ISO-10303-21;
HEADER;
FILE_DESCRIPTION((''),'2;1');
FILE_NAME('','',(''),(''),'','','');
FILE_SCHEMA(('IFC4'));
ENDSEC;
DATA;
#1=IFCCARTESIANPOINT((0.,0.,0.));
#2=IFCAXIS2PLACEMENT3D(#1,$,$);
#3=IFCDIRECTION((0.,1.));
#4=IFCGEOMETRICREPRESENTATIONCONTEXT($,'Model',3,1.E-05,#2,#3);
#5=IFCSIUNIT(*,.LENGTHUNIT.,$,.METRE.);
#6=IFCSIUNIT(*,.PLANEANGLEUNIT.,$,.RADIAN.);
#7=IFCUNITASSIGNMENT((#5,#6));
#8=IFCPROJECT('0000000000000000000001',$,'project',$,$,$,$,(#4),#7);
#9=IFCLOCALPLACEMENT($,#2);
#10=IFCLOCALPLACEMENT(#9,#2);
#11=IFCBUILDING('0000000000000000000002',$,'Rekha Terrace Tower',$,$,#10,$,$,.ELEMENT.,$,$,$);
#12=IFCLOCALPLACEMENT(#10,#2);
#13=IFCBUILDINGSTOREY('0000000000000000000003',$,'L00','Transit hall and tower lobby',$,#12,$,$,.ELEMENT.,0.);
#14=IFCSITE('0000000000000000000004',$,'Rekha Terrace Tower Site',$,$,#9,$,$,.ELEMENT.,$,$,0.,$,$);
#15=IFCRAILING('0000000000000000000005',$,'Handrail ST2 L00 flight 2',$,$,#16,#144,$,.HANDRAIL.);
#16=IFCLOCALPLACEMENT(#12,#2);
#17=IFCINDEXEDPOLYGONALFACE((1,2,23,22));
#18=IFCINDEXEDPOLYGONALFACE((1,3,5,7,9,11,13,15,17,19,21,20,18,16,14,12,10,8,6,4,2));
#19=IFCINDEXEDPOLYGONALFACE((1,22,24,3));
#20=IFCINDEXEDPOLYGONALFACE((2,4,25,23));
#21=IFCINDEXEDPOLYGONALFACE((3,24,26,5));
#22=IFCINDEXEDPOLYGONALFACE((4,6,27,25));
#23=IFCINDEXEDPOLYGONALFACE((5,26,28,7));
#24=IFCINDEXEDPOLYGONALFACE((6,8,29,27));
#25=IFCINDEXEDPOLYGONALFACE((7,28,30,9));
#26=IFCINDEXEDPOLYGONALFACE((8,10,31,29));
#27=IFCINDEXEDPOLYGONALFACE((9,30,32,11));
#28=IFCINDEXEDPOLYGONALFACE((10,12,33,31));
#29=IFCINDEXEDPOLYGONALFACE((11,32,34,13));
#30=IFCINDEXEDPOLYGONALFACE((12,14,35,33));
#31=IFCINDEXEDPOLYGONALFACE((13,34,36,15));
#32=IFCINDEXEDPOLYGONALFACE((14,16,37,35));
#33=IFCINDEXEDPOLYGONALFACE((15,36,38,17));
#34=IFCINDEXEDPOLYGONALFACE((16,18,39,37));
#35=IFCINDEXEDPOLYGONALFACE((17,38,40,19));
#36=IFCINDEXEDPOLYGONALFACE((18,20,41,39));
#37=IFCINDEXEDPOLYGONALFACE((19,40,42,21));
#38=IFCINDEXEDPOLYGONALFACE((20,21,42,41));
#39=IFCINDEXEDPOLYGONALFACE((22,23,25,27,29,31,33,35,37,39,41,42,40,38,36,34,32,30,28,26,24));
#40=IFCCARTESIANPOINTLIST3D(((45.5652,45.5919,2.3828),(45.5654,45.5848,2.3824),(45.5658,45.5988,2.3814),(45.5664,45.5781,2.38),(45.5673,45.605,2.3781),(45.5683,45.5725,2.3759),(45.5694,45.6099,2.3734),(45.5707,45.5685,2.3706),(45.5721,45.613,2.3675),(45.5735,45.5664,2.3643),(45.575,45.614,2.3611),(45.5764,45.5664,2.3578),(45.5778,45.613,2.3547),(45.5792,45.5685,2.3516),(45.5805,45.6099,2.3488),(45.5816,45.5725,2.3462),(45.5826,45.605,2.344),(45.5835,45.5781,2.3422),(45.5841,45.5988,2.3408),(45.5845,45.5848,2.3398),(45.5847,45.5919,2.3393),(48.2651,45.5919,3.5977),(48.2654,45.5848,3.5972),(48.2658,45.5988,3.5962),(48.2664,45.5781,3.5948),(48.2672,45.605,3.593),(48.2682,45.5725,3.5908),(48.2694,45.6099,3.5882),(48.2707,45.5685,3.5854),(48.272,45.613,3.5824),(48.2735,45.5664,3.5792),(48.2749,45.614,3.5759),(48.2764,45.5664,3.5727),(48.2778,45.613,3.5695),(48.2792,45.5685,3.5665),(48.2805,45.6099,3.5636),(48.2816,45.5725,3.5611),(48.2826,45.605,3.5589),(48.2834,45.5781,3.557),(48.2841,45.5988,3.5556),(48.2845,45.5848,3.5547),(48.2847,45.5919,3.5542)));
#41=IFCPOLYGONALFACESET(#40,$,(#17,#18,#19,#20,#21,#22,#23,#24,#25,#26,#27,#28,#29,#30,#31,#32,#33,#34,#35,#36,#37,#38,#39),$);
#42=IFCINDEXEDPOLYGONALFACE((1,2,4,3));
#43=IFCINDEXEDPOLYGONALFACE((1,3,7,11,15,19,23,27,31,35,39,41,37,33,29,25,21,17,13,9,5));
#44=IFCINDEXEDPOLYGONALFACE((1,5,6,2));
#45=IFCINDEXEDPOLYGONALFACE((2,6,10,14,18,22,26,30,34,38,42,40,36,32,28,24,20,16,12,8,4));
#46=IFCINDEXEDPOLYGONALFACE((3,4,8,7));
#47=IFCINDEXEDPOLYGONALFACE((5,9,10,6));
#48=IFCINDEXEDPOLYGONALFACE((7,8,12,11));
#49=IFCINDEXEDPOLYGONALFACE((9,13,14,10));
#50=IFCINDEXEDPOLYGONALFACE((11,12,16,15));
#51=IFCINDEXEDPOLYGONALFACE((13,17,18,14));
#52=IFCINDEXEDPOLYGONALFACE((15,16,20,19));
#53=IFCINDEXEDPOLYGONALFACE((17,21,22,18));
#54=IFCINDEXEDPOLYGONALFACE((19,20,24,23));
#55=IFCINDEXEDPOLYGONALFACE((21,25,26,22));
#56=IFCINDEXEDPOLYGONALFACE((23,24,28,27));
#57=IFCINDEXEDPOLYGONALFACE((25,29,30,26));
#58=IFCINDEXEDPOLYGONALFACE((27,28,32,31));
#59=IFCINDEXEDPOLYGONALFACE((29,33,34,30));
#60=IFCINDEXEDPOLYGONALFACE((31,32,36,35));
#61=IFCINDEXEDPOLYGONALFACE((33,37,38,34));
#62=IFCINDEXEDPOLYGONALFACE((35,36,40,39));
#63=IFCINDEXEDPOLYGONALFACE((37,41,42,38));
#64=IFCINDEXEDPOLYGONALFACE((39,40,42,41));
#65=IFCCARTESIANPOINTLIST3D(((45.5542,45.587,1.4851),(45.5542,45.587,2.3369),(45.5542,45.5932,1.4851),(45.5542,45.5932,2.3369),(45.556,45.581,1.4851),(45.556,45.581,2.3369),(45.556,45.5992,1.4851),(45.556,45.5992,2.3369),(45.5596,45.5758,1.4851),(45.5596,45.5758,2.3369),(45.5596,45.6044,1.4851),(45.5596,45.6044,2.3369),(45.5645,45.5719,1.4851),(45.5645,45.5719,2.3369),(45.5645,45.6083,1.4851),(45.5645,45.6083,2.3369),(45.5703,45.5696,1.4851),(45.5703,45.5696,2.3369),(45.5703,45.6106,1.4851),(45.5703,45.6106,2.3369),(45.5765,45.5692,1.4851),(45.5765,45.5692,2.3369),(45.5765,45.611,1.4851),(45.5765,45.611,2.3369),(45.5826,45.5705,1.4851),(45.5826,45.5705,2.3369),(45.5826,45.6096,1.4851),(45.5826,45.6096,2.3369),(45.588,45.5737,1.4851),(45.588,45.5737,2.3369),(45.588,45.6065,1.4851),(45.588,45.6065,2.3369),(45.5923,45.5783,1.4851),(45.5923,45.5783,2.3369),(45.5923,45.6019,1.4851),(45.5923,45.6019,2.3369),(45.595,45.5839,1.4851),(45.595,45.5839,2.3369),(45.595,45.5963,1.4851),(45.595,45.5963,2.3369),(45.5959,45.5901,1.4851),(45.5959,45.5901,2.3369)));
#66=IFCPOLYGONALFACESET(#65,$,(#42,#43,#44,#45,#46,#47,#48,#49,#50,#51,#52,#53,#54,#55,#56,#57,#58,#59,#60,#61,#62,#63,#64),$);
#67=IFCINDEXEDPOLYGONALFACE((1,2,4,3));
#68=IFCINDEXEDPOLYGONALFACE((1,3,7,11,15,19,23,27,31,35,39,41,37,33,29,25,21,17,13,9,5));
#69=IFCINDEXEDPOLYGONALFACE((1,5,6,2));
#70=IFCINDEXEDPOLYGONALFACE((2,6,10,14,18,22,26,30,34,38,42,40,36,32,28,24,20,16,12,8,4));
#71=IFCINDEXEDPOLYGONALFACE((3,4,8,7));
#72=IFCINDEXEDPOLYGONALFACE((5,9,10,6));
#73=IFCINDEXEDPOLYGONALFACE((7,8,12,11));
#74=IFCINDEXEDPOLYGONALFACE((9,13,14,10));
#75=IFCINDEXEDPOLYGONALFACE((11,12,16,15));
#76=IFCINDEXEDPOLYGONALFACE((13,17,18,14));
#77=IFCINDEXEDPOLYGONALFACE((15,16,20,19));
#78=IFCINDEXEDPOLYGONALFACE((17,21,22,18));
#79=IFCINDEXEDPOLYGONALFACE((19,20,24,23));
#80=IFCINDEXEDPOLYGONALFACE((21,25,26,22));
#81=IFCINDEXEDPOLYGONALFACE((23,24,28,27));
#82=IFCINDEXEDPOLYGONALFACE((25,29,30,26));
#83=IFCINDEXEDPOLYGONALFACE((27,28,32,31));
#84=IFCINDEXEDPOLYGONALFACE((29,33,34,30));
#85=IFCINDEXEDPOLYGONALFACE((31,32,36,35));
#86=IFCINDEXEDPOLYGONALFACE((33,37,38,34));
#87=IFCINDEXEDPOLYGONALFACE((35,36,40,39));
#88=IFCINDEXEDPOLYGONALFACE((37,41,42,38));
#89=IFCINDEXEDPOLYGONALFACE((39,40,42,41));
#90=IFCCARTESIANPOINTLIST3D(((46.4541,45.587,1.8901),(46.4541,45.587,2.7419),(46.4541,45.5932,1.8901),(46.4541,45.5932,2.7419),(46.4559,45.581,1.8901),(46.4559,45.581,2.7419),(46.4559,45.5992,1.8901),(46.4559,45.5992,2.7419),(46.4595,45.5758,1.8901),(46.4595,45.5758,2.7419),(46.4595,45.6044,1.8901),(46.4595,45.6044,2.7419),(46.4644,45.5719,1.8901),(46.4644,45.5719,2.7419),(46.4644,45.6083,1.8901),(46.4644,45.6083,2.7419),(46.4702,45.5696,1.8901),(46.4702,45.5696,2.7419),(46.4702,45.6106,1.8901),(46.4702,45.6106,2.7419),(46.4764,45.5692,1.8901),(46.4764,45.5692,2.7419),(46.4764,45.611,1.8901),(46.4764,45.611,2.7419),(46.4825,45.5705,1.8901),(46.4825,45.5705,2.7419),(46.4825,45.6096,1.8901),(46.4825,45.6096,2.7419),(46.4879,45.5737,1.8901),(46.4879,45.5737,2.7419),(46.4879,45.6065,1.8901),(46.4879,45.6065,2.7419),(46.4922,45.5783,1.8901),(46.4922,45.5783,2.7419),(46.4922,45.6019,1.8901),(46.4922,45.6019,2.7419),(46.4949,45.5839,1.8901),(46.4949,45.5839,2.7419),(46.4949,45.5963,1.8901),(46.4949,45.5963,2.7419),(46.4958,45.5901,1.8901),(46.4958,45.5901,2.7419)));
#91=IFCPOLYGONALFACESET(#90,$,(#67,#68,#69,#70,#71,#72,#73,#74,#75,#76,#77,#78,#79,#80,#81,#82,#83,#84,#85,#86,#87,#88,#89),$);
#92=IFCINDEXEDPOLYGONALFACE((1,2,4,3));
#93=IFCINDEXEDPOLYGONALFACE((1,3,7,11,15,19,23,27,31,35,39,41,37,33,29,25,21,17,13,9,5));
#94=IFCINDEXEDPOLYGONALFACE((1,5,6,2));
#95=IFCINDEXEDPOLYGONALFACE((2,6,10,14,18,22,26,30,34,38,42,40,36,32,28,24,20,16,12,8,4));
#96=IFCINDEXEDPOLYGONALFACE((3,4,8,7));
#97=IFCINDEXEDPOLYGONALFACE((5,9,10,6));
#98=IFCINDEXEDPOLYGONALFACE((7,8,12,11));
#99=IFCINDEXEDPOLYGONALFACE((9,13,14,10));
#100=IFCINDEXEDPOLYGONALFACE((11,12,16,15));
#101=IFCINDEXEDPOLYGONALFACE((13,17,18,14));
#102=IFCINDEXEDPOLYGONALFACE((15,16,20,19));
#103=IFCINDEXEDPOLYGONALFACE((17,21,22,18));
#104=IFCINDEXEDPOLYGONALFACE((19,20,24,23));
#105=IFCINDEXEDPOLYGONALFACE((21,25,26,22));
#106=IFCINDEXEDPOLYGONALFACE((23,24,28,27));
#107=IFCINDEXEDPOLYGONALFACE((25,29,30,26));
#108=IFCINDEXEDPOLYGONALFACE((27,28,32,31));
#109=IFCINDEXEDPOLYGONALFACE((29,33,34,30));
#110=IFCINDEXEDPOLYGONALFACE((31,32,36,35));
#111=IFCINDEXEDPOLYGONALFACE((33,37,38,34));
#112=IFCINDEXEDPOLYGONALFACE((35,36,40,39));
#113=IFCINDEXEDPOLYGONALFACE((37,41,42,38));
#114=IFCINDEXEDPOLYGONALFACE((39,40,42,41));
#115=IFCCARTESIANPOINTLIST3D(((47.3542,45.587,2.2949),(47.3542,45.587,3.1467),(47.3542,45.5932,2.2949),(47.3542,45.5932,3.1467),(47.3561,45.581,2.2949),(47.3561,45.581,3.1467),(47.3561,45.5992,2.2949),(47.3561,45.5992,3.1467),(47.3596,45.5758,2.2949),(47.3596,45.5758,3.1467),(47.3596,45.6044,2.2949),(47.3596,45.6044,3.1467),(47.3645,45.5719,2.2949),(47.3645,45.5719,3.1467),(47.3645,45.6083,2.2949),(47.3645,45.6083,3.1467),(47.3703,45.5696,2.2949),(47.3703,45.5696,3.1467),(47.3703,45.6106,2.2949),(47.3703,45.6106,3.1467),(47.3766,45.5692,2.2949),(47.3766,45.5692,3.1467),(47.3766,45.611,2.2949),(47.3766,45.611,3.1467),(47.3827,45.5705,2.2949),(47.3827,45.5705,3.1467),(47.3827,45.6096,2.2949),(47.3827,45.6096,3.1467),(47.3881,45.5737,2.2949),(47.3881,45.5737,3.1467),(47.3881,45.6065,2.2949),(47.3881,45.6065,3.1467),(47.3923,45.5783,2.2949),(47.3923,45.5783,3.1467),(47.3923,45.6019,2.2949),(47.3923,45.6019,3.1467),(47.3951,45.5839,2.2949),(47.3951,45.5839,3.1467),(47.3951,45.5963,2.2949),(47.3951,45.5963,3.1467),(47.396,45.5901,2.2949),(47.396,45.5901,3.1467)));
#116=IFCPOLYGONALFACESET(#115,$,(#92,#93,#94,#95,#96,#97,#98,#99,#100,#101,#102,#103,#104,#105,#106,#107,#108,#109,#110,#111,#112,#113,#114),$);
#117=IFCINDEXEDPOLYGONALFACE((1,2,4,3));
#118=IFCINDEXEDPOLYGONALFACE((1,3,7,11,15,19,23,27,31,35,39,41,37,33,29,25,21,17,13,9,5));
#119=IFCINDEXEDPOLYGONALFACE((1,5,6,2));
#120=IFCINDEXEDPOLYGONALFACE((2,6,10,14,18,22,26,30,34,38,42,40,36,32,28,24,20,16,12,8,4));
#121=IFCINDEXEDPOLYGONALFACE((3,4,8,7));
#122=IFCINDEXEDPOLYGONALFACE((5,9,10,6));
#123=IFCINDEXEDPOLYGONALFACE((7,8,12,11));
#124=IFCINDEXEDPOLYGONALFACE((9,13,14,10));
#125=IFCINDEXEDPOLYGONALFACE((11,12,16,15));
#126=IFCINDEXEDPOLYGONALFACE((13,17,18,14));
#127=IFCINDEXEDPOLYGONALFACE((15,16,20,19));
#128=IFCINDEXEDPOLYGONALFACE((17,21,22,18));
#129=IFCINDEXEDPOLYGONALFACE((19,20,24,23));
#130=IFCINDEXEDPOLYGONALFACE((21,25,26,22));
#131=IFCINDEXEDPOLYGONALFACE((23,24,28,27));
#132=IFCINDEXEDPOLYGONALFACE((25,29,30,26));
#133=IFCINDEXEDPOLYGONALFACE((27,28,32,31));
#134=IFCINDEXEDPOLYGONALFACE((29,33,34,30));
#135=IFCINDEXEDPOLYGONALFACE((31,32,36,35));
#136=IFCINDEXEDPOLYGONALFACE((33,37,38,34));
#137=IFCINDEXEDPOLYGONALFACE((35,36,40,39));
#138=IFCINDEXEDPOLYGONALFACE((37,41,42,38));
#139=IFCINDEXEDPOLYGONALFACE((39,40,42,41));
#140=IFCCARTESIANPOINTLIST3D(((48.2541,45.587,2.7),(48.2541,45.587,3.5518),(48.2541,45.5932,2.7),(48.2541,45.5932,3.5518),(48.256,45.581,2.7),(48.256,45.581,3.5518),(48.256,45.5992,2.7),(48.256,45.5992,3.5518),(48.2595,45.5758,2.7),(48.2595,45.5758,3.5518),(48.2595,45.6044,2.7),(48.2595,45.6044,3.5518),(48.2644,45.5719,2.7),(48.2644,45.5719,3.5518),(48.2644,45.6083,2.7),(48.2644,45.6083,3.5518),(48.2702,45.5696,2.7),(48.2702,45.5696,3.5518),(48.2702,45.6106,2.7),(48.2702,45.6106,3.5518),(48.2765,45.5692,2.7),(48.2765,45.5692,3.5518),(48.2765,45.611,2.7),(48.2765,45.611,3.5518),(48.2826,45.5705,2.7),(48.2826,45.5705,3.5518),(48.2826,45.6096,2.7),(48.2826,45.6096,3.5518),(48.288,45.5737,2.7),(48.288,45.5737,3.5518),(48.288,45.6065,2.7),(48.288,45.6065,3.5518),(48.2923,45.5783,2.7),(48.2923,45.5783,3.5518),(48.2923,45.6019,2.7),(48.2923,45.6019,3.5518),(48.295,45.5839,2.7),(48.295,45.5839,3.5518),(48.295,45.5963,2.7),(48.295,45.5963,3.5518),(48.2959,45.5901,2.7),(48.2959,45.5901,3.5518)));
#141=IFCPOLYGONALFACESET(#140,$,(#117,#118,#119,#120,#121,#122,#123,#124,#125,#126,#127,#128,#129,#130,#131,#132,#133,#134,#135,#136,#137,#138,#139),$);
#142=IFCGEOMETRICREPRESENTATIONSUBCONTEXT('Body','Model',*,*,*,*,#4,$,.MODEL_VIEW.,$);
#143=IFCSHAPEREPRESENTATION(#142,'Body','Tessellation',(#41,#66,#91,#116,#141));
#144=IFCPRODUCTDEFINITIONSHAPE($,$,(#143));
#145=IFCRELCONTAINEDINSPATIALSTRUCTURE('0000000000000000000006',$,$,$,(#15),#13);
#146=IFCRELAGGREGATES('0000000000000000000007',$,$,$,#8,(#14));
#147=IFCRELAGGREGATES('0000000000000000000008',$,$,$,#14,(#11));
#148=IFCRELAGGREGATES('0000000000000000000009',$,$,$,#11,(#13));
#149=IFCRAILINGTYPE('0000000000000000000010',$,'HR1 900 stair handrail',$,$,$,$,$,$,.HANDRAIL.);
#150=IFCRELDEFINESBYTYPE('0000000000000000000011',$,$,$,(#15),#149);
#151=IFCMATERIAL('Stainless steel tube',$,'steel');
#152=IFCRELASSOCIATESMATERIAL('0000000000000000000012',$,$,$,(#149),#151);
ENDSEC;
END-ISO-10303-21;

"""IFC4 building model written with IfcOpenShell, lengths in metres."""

from ifc_helpers import new_model, si_unit, direction, frame, origin, origin_2d, place, context, subcontext, project, spatial, circle, extrude, material, type_object, element, save


model = new_model("IFC4")

# Units and contexts
model_context = context("Model", 3, precision=1e-05, world=origin(), true_north=direction((0.0, 1.0)))
body_context = subcontext(model_context, "Body", "Model", "MODEL_VIEW")
ifc_project = project(units=[si_unit("LENGTHUNIT", "METRE"), si_unit("PLANEANGLEUNIT", "RADIAN")], contexts=[model_context])

# Site, building, storey
site_placement = place(None, origin())
site = spatial("IfcSite", under=ifc_project, at=site_placement, Name="Rekha Terrace Tower Site", CompositionType="ELEMENT", RefElevation=0.0)
building_placement = place(site_placement, origin())
building = spatial("IfcBuilding", under=site, at=building_placement, Name="Rekha Terrace Tower", CompositionType="ELEMENT")
storey_placement = place(building_placement, origin())
storey = spatial("IfcBuildingStorey", under=building, at=storey_placement, Name="L00", Description="Transit hall and tower lobby", CompositionType="ELEMENT", Elevation=0.0)

# Railing
ifc_material_1 = material(Name="Stainless steel tube", Category="steel")
railing_type_1 = type_object("IfcRailingType", Name="HR1 900 stair handrail", PredefinedType="HANDRAIL", material=ifc_material_1)
railing_1_placement = place(storey_placement, frame((45.575, 45.5901, 1.4851)))
element("IfcRailing", 1, at=railing_1_placement, inside=storey, type_object=railing_type_1, Name="Handrail ST2 L00 flight 2", PredefinedType="HANDRAIL", context=body_context, shape_type="SweptSolid", body=[
    extrude(circle(Radius=0.0239, at=origin_2d()), frame((0.0, 0.0, 0.876), z_axis=(0.911938, 0.0, 0.410327), x_axis=(0.0, 1.0, 0.0)), (0.0, 0.0, 1.0), 2.9607),
    extrude(circle(Radius=0.021, at=origin_2d()), origin(), (0.0, 0.0, 1.0), 0.8518),
    extrude(circle(Radius=0.021, at=origin_2d()), frame((0.8999, 0.0, 0.405)), (0.0, 0.0, 1.0), 0.8518),
    extrude(circle(Radius=0.021, at=origin_2d()), frame((1.8, 0.0, 0.8098)), (0.0, 0.0, 1.0), 0.8518),
    extrude(circle(Radius=0.021, at=origin_2d()), frame((2.7, 0.0, 1.2148)), (0.0, 0.0, 1.0), 0.8518),
])

save(model, "model.ifc")
